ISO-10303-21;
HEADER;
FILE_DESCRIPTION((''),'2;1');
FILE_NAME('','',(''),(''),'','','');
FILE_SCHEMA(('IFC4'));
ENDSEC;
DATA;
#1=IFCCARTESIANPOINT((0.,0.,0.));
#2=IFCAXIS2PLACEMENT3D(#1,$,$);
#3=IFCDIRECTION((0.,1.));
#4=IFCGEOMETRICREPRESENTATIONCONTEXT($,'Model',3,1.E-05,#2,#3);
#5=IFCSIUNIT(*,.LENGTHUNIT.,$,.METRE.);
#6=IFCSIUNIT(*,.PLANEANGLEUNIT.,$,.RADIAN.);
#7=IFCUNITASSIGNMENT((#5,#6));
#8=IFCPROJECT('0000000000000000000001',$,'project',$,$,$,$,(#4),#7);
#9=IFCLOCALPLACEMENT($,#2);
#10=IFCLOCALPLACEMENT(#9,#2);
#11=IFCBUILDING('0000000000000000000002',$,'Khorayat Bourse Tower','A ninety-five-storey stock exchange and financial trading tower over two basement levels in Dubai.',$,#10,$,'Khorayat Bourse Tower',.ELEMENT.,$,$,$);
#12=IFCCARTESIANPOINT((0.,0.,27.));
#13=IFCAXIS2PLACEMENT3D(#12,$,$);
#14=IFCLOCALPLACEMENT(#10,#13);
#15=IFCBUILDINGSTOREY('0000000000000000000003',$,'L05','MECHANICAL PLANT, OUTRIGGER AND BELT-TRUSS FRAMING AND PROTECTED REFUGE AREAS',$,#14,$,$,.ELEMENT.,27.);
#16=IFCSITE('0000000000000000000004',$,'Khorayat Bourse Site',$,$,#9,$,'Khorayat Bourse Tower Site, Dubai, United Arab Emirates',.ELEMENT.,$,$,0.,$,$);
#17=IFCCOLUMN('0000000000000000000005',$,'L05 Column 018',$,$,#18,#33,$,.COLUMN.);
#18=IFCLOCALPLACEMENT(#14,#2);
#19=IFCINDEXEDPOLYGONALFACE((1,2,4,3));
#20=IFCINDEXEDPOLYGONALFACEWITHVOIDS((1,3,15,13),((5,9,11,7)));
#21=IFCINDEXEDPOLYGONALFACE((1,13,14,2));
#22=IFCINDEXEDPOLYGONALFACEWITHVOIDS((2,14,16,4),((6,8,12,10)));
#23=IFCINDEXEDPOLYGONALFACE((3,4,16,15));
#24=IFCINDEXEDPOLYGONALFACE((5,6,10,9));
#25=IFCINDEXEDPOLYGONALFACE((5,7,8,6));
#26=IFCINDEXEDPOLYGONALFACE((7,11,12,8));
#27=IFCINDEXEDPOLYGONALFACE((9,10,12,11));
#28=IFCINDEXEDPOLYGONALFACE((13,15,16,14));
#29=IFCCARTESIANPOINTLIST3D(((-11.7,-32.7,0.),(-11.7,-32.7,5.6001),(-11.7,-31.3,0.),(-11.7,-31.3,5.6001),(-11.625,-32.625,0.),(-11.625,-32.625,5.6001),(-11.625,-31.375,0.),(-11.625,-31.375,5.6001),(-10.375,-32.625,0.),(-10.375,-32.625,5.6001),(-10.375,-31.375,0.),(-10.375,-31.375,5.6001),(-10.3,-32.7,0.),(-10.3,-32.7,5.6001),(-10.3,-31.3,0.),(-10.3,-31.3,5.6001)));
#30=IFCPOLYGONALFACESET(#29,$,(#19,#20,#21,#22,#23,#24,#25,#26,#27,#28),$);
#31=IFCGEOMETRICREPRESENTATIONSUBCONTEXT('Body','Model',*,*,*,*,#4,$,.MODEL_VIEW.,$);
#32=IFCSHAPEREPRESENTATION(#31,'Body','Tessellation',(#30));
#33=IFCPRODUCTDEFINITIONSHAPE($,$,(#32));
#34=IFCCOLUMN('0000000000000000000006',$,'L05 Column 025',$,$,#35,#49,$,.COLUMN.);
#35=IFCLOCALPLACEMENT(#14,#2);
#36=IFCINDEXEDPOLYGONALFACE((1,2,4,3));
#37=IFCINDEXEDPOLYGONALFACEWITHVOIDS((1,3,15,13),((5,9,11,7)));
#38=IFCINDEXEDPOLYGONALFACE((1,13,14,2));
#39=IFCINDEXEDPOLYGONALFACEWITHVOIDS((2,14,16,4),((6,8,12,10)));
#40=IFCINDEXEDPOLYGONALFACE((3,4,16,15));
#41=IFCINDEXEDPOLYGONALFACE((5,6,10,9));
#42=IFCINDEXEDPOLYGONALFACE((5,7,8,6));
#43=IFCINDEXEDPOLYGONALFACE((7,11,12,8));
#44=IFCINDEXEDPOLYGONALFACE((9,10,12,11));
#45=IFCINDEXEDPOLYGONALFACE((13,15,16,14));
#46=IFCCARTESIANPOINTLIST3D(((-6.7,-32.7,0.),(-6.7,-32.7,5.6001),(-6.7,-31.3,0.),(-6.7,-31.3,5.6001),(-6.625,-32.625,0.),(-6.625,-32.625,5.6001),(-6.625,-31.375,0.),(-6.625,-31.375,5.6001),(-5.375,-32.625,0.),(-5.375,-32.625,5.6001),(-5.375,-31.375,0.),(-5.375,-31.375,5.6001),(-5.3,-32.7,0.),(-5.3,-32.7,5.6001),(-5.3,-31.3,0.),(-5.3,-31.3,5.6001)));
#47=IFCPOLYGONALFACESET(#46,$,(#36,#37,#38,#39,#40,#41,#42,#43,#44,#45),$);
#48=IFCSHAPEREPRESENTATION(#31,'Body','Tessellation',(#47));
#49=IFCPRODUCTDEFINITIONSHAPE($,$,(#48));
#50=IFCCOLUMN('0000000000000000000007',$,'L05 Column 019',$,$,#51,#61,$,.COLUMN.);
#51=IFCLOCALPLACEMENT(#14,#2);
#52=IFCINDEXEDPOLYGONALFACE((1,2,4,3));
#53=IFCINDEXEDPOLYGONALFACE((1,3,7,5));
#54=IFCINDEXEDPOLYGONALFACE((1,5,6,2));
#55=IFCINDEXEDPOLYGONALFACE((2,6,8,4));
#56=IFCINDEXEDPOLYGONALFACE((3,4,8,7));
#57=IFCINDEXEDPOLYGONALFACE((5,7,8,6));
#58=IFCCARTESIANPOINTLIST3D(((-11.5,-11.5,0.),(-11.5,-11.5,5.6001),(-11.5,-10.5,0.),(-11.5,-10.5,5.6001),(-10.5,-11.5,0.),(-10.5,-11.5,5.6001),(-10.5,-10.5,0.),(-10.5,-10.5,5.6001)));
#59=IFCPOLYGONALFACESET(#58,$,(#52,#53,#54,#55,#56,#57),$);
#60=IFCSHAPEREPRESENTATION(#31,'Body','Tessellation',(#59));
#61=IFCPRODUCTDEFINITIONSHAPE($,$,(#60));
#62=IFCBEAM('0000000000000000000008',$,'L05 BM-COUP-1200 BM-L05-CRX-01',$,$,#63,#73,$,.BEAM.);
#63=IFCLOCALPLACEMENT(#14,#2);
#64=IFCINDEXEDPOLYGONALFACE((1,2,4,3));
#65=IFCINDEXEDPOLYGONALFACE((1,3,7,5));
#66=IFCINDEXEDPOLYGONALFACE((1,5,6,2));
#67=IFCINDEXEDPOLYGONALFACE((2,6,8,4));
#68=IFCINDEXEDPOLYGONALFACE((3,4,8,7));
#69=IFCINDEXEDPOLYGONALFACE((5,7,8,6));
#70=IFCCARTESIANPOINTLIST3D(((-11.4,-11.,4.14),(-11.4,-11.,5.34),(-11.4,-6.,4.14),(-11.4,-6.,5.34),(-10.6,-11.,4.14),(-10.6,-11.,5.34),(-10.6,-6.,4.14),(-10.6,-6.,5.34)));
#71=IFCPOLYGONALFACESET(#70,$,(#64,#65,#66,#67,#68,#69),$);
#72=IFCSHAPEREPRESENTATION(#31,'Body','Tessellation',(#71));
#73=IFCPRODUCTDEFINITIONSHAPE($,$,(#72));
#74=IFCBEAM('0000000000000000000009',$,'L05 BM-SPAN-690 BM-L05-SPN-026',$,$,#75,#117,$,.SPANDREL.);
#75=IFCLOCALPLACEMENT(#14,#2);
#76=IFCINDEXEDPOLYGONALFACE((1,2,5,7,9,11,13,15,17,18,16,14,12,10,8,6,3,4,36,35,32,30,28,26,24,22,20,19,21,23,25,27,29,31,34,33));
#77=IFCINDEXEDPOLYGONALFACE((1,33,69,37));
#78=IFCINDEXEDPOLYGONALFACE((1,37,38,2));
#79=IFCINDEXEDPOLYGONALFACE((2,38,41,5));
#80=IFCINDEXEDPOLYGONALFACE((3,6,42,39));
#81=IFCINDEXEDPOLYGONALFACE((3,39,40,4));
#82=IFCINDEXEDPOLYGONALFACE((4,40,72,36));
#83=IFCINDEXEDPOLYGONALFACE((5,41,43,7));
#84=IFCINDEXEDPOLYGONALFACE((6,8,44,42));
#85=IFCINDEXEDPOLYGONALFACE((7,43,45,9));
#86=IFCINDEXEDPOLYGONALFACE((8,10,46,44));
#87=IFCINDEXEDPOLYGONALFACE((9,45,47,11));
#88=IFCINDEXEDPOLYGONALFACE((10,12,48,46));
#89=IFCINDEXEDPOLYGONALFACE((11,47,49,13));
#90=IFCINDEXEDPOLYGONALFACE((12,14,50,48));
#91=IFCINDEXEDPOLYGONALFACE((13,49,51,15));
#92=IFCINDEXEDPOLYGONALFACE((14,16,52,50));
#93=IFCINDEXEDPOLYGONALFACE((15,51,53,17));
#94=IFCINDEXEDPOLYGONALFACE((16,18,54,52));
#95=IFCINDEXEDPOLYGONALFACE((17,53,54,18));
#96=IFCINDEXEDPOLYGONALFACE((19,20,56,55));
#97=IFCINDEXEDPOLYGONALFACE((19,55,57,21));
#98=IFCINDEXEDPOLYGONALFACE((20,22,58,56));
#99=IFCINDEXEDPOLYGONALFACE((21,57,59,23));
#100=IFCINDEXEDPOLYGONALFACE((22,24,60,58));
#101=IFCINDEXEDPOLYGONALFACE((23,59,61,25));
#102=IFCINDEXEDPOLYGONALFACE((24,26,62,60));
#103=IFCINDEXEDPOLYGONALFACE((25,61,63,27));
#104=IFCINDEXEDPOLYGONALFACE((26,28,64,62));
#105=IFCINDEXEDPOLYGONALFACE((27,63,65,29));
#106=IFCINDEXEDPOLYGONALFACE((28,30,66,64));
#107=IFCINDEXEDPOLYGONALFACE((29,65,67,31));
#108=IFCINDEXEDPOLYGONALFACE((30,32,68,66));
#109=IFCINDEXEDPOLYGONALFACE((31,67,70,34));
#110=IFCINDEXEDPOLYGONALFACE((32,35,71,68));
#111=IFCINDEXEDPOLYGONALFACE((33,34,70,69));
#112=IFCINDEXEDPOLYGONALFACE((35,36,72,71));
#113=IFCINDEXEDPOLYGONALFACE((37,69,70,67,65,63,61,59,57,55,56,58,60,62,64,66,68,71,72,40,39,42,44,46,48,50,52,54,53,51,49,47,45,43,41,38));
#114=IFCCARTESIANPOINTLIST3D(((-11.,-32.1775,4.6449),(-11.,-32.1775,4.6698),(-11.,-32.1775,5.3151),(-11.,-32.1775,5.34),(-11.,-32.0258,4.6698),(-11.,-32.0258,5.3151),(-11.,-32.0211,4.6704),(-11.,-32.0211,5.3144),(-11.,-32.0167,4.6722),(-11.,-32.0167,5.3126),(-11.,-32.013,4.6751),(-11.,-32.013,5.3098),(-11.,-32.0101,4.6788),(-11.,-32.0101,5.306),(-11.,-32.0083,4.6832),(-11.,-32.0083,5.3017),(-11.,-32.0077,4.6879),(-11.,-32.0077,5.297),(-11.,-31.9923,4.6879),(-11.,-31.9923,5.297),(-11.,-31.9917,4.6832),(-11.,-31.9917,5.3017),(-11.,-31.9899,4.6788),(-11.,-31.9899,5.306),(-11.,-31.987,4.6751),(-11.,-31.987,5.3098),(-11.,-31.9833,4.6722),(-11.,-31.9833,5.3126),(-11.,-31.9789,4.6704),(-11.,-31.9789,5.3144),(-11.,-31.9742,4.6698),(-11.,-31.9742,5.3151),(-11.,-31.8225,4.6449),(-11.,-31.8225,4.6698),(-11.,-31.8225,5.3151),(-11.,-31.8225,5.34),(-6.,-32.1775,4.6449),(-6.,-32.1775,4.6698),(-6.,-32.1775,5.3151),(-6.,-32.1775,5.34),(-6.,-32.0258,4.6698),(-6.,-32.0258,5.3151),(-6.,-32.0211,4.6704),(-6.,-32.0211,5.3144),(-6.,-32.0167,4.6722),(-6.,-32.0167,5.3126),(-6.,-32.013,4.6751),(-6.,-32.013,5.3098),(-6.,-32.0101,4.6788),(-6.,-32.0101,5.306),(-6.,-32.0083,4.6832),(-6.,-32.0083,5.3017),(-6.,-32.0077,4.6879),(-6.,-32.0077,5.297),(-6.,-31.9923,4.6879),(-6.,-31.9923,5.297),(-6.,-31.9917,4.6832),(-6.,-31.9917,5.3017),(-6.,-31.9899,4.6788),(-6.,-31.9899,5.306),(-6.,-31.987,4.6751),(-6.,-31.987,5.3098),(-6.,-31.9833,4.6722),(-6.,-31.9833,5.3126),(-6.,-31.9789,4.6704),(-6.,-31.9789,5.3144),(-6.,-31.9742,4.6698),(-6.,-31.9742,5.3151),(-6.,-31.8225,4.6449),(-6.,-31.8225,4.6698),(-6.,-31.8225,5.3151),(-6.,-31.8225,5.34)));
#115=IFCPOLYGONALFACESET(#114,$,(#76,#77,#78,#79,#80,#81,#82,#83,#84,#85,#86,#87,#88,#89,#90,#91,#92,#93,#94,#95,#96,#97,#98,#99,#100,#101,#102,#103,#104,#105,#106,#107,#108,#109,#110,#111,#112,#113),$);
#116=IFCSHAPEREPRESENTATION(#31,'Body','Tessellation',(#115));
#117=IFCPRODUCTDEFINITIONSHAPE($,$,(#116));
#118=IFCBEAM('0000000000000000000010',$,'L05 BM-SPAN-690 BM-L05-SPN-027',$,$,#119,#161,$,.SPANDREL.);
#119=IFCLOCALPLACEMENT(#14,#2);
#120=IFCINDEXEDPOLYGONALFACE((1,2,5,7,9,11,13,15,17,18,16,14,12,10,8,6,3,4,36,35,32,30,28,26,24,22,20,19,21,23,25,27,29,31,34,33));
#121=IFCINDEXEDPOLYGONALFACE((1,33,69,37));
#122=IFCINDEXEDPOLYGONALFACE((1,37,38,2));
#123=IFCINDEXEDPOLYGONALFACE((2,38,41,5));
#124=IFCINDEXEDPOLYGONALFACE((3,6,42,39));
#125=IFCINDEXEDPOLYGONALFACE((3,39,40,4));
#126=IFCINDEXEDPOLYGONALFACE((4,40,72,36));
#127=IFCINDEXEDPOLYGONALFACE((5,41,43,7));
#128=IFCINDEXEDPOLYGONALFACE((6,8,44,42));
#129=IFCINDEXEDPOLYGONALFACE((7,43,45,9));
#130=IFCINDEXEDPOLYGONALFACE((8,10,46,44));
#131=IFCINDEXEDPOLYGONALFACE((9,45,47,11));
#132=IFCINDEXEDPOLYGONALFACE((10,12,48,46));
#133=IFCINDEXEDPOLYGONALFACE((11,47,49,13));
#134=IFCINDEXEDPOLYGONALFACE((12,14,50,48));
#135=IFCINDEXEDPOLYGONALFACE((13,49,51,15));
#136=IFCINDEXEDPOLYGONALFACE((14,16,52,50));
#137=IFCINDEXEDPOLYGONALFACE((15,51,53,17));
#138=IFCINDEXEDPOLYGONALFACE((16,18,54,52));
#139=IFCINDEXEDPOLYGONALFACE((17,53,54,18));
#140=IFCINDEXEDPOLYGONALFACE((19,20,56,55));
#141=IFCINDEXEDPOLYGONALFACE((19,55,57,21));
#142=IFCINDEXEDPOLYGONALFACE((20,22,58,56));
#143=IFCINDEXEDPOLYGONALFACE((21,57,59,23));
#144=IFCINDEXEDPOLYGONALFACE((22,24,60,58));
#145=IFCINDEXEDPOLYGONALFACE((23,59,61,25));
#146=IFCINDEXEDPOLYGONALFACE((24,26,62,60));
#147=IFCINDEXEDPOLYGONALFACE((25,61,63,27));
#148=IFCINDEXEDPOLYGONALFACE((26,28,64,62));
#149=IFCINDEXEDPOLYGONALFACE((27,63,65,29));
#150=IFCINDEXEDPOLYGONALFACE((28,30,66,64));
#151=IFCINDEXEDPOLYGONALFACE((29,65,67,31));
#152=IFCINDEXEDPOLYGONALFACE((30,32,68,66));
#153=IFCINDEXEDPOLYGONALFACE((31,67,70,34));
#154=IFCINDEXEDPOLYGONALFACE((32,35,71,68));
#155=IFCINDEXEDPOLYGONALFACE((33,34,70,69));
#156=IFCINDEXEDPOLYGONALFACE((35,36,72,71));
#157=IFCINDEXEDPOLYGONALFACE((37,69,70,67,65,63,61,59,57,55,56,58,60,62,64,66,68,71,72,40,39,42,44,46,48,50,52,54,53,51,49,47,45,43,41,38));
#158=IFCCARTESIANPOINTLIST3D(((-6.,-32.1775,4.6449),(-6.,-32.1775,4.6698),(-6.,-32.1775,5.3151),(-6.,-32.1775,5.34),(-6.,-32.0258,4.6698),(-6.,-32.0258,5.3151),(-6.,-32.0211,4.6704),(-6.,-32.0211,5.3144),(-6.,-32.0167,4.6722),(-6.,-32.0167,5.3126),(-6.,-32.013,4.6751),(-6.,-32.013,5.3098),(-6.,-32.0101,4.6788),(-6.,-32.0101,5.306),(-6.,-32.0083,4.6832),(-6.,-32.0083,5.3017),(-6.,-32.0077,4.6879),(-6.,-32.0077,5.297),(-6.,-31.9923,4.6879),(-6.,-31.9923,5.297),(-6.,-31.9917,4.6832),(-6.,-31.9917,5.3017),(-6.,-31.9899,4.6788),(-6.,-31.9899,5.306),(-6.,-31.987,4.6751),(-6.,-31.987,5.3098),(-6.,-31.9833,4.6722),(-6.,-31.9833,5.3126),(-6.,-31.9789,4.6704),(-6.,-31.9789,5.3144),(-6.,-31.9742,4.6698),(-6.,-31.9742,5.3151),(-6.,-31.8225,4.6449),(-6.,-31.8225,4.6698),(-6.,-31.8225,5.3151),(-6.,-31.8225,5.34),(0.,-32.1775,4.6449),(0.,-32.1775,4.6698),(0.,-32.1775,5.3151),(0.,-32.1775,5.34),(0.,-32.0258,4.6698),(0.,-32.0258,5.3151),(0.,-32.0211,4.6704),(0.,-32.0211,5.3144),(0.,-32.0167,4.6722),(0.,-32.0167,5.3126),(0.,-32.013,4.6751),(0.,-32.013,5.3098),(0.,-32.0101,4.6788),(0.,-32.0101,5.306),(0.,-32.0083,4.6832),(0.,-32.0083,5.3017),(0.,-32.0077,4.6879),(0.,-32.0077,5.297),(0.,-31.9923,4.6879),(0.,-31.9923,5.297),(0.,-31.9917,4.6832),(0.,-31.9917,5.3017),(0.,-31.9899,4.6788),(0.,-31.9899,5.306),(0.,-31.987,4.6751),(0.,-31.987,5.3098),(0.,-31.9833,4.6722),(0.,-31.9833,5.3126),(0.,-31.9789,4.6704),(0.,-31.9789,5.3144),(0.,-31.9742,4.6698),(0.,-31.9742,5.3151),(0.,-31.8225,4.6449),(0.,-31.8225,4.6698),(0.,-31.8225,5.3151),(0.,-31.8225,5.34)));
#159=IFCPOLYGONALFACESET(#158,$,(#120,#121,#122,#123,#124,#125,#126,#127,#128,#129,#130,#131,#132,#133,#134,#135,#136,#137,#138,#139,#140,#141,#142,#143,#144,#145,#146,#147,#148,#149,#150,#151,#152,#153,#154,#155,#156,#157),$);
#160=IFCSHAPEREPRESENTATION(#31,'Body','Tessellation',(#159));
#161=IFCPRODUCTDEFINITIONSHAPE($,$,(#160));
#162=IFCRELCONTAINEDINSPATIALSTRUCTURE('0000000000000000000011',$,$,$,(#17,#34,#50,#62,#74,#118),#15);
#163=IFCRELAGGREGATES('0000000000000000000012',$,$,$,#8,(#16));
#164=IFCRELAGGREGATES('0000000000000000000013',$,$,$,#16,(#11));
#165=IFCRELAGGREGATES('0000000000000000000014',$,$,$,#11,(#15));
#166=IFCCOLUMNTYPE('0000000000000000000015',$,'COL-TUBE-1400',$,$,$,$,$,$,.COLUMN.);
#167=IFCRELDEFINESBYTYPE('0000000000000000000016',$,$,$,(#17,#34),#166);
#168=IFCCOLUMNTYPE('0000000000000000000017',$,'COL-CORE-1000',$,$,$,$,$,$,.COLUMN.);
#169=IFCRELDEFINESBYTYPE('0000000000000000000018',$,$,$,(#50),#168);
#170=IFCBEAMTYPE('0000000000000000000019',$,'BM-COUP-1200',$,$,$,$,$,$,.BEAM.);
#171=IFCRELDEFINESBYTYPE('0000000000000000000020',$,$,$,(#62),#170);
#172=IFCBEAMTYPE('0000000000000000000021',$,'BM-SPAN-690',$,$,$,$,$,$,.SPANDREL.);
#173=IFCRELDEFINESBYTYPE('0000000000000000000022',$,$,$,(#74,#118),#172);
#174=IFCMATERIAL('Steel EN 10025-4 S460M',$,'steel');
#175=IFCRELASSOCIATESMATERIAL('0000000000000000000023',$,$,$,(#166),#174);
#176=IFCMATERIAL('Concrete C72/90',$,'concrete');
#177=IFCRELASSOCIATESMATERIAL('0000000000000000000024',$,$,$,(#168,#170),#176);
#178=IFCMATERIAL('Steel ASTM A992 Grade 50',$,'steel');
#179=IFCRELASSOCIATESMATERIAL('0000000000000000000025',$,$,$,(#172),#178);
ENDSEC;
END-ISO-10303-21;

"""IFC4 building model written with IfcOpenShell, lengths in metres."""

from ifc_helpers import new_model, si_unit, direction, frame, origin, origin_2d, place, context, subcontext, project, spatial, rectangle, hollow_rectangle, i_section, extrude, source, transform, mapped, material, material_profile, profile_set, type_object, element, save


model = new_model("IFC4")

# Units and contexts
model_context = context("Model", 3, precision=1e-05, world=origin(), true_north=direction((0.0, 1.0)))
body_context = subcontext(model_context, "Body", "Model", "MODEL_VIEW")
ifc_project = project(units=[si_unit("LENGTHUNIT", "METRE"), si_unit("PLANEANGLEUNIT", "RADIAN")], contexts=[model_context])

# Site, building, storey
site_placement = place(None, origin())
site = spatial("IfcSite", under=ifc_project, at=site_placement, Name="Khorayat Bourse Site", LongName="Khorayat Bourse Tower Site, Dubai, United Arab Emirates", CompositionType="ELEMENT", RefElevation=0.0)
building_placement = place(site_placement, origin())
building = spatial("IfcBuilding", under=site, at=building_placement, Name="Khorayat Bourse Tower", Description="A ninety-five-storey stock exchange and financial trading tower over two basement levels in Dubai.", LongName="Khorayat Bourse Tower", CompositionType="ELEMENT")
storey_placement = place(building_placement, frame((0.0, 0.0, 27.0)))
storey = spatial("IfcBuildingStorey", under=building, at=storey_placement, Name="L05", Description="MECHANICAL PLANT, OUTRIGGER AND BELT-TRUSS FRAMING AND PROTECTED REFUGE AREAS", CompositionType="ELEMENT", Elevation=27.0)

# Columns
ifc_material_1 = material(Name="Steel EN 10025-4 S460M", Category="steel")
ifc_material_profile_1 = material_profile(ifc_material_1, hollow_rectangle(XDim=1.3999, YDim=1.3999, WallThickness=0.075, at=origin_2d()), Name="BOX 1400x1400x75")
ifc_profile_set_1 = profile_set([ifc_material_profile_1], Name="Steel EN 10025-4 S460M")
column_type_1 = type_object("IfcColumnType", Name="COL-TUBE-1400", PredefinedType="COLUMN", material=ifc_profile_set_1)
shared_shape_1 = source(origin(), body_context, "Body", "SweptSolid", [
    extrude(hollow_rectangle(XDim=1.3999, YDim=1.3999, WallThickness=0.075, at=origin_2d()), origin(), (0.0, 0.0, 1.0), 5.6001),
])
for number, where, z_axis, x_axis, name in (
    (1, (-11.0, -32.0, 0.0), (0.0, 0.0, 1.0), (1.0, 0.0, 0.0), "L05 Column 018"),
    (2, (-6.0, -32.0, 0.0), (0.0, 0.0, 1.0), (1.0, 0.0, 0.0), "L05 Column 025"),
):
    element("IfcColumn", number, at=place(storey_placement, frame(where, z_axis=z_axis, x_axis=x_axis)), inside=storey, type_object=column_type_1, Name=name, PredefinedType="COLUMN", context=body_context, shape_type="MappedRepresentation", body=[
        mapped(shared_shape_1, transform((0.0, 0.0, 0.0), scale=1.0)),
    ])
ifc_material_2 = material(Name="Concrete C72/90", Category="concrete")
ifc_material_profile_2 = material_profile(ifc_material_2, rectangle(XDim=1.0, YDim=1.0, at=origin_2d()), Name="RC 1000x1000")
ifc_profile_set_2 = profile_set([ifc_material_profile_2], Name="Concrete C72/90")
column_type_2 = type_object("IfcColumnType", Name="COL-CORE-1000", PredefinedType="COLUMN", material=ifc_profile_set_2)
shared_shape_2 = source(origin(), body_context, "Body", "SweptSolid", [
    extrude(rectangle(XDim=1.0, YDim=1.0, at=origin_2d()), origin(), (0.0, 0.0, 1.0), 5.6001),
])
column_placement = place(storey_placement, frame((-11.0, -11.0, 0.0), z_axis=(0.0, 0.0, 1.0), x_axis=(1.0, 0.0, 0.0)))
element("IfcColumn", 3, at=column_placement, inside=storey, type_object=column_type_2, Name="L05 Column 019", PredefinedType="COLUMN", context=body_context, shape_type="MappedRepresentation", body=[
    mapped(shared_shape_2, transform((0.0, 0.0, 0.0), scale=1.0)),
])

# Beams
ifc_material_profile_3 = material_profile(ifc_material_2, rectangle(XDim=0.8, YDim=1.2, at=origin_2d()), Name="RC 800x1200")
ifc_profile_set_3 = profile_set([ifc_material_profile_3], Name="Concrete C72/90")
beam_type_1 = type_object("IfcBeamType", Name="BM-COUP-1200", PredefinedType="BEAM", material=ifc_profile_set_3)
shared_shape_3 = source(origin(), body_context, "Body", "SweptSolid", [
    extrude(rectangle(XDim=0.8, YDim=1.2, at=origin_2d()), origin(), (0.0, 0.0, 1.0), 5.0),
])
beam_1_placement = place(storey_placement, frame((-11.0, -11.0, 4.74), z_axis=(0.0, 1.0, 0.0), x_axis=(-1.0, 0.0, 0.0)))
element("IfcBeam", 4, at=beam_1_placement, inside=storey, type_object=beam_type_1, Name="L05 BM-COUP-1200 BM-L05-CRX-01", PredefinedType="BEAM", context=body_context, shape_type="MappedRepresentation", body=[
    mapped(shared_shape_3, transform((0.0, 0.0, 0.0), scale=1.0)),
])
ifc_material_3 = material(Name="Steel ASTM A992 Grade 50", Category="steel")
ifc_material_profile_4 = material_profile(ifc_material_3, i_section(OverallWidth=0.355, OverallDepth=0.6951, WebThickness=0.0154, FlangeThickness=0.0249, FilletRadius=0.0181, at=origin_2d()), Name="W690X217")
ifc_profile_set_4 = profile_set([ifc_material_profile_4], Name="Steel ASTM A992 Grade 50")
beam_type_2 = type_object("IfcBeamType", Name="BM-SPAN-690", PredefinedType="SPANDREL", material=ifc_profile_set_4)
shared_shape_4 = source(origin(), body_context, "Body", "SweptSolid", [
    extrude(i_section(OverallWidth=0.355, OverallDepth=0.6951, WebThickness=0.0154, FlangeThickness=0.0249, FilletRadius=0.0181, at=origin_2d()), origin(), (0.0, 0.0, 1.0), 5.0),
])
beam_2_placement = place(storey_placement, frame((-11.0, -32.0, 4.9924), z_axis=(1.0, 0.0, 0.0), x_axis=(0.0, 1.0, 0.0)))
element("IfcBeam", 5, at=beam_2_placement, inside=storey, type_object=beam_type_2, Name="L05 BM-SPAN-690 BM-L05-SPN-026", PredefinedType="SPANDREL", context=body_context, shape_type="MappedRepresentation", body=[
    mapped(shared_shape_4, transform((0.0, 0.0, 0.0), scale=1.0)),
])
shared_shape_5 = source(origin(), body_context, "Body", "SweptSolid", [
    extrude(i_section(OverallWidth=0.355, OverallDepth=0.6951, WebThickness=0.0154, FlangeThickness=0.0249, FilletRadius=0.0181, at=origin_2d()), origin(), (0.0, 0.0, 1.0), 6.0),
])
beam_3_placement = place(storey_placement, frame((-6.0, -32.0, 4.9924), z_axis=(1.0, 0.0, 0.0), x_axis=(0.0, 1.0, 0.0)))
element("IfcBeam", 6, at=beam_3_placement, inside=storey, type_object=beam_type_2, Name="L05 BM-SPAN-690 BM-L05-SPN-027", PredefinedType="SPANDREL", context=body_context, shape_type="MappedRepresentation", body=[
    mapped(shared_shape_5, transform((0.0, 0.0, 0.0), scale=1.0)),
])

save(model, "model.ifc")
